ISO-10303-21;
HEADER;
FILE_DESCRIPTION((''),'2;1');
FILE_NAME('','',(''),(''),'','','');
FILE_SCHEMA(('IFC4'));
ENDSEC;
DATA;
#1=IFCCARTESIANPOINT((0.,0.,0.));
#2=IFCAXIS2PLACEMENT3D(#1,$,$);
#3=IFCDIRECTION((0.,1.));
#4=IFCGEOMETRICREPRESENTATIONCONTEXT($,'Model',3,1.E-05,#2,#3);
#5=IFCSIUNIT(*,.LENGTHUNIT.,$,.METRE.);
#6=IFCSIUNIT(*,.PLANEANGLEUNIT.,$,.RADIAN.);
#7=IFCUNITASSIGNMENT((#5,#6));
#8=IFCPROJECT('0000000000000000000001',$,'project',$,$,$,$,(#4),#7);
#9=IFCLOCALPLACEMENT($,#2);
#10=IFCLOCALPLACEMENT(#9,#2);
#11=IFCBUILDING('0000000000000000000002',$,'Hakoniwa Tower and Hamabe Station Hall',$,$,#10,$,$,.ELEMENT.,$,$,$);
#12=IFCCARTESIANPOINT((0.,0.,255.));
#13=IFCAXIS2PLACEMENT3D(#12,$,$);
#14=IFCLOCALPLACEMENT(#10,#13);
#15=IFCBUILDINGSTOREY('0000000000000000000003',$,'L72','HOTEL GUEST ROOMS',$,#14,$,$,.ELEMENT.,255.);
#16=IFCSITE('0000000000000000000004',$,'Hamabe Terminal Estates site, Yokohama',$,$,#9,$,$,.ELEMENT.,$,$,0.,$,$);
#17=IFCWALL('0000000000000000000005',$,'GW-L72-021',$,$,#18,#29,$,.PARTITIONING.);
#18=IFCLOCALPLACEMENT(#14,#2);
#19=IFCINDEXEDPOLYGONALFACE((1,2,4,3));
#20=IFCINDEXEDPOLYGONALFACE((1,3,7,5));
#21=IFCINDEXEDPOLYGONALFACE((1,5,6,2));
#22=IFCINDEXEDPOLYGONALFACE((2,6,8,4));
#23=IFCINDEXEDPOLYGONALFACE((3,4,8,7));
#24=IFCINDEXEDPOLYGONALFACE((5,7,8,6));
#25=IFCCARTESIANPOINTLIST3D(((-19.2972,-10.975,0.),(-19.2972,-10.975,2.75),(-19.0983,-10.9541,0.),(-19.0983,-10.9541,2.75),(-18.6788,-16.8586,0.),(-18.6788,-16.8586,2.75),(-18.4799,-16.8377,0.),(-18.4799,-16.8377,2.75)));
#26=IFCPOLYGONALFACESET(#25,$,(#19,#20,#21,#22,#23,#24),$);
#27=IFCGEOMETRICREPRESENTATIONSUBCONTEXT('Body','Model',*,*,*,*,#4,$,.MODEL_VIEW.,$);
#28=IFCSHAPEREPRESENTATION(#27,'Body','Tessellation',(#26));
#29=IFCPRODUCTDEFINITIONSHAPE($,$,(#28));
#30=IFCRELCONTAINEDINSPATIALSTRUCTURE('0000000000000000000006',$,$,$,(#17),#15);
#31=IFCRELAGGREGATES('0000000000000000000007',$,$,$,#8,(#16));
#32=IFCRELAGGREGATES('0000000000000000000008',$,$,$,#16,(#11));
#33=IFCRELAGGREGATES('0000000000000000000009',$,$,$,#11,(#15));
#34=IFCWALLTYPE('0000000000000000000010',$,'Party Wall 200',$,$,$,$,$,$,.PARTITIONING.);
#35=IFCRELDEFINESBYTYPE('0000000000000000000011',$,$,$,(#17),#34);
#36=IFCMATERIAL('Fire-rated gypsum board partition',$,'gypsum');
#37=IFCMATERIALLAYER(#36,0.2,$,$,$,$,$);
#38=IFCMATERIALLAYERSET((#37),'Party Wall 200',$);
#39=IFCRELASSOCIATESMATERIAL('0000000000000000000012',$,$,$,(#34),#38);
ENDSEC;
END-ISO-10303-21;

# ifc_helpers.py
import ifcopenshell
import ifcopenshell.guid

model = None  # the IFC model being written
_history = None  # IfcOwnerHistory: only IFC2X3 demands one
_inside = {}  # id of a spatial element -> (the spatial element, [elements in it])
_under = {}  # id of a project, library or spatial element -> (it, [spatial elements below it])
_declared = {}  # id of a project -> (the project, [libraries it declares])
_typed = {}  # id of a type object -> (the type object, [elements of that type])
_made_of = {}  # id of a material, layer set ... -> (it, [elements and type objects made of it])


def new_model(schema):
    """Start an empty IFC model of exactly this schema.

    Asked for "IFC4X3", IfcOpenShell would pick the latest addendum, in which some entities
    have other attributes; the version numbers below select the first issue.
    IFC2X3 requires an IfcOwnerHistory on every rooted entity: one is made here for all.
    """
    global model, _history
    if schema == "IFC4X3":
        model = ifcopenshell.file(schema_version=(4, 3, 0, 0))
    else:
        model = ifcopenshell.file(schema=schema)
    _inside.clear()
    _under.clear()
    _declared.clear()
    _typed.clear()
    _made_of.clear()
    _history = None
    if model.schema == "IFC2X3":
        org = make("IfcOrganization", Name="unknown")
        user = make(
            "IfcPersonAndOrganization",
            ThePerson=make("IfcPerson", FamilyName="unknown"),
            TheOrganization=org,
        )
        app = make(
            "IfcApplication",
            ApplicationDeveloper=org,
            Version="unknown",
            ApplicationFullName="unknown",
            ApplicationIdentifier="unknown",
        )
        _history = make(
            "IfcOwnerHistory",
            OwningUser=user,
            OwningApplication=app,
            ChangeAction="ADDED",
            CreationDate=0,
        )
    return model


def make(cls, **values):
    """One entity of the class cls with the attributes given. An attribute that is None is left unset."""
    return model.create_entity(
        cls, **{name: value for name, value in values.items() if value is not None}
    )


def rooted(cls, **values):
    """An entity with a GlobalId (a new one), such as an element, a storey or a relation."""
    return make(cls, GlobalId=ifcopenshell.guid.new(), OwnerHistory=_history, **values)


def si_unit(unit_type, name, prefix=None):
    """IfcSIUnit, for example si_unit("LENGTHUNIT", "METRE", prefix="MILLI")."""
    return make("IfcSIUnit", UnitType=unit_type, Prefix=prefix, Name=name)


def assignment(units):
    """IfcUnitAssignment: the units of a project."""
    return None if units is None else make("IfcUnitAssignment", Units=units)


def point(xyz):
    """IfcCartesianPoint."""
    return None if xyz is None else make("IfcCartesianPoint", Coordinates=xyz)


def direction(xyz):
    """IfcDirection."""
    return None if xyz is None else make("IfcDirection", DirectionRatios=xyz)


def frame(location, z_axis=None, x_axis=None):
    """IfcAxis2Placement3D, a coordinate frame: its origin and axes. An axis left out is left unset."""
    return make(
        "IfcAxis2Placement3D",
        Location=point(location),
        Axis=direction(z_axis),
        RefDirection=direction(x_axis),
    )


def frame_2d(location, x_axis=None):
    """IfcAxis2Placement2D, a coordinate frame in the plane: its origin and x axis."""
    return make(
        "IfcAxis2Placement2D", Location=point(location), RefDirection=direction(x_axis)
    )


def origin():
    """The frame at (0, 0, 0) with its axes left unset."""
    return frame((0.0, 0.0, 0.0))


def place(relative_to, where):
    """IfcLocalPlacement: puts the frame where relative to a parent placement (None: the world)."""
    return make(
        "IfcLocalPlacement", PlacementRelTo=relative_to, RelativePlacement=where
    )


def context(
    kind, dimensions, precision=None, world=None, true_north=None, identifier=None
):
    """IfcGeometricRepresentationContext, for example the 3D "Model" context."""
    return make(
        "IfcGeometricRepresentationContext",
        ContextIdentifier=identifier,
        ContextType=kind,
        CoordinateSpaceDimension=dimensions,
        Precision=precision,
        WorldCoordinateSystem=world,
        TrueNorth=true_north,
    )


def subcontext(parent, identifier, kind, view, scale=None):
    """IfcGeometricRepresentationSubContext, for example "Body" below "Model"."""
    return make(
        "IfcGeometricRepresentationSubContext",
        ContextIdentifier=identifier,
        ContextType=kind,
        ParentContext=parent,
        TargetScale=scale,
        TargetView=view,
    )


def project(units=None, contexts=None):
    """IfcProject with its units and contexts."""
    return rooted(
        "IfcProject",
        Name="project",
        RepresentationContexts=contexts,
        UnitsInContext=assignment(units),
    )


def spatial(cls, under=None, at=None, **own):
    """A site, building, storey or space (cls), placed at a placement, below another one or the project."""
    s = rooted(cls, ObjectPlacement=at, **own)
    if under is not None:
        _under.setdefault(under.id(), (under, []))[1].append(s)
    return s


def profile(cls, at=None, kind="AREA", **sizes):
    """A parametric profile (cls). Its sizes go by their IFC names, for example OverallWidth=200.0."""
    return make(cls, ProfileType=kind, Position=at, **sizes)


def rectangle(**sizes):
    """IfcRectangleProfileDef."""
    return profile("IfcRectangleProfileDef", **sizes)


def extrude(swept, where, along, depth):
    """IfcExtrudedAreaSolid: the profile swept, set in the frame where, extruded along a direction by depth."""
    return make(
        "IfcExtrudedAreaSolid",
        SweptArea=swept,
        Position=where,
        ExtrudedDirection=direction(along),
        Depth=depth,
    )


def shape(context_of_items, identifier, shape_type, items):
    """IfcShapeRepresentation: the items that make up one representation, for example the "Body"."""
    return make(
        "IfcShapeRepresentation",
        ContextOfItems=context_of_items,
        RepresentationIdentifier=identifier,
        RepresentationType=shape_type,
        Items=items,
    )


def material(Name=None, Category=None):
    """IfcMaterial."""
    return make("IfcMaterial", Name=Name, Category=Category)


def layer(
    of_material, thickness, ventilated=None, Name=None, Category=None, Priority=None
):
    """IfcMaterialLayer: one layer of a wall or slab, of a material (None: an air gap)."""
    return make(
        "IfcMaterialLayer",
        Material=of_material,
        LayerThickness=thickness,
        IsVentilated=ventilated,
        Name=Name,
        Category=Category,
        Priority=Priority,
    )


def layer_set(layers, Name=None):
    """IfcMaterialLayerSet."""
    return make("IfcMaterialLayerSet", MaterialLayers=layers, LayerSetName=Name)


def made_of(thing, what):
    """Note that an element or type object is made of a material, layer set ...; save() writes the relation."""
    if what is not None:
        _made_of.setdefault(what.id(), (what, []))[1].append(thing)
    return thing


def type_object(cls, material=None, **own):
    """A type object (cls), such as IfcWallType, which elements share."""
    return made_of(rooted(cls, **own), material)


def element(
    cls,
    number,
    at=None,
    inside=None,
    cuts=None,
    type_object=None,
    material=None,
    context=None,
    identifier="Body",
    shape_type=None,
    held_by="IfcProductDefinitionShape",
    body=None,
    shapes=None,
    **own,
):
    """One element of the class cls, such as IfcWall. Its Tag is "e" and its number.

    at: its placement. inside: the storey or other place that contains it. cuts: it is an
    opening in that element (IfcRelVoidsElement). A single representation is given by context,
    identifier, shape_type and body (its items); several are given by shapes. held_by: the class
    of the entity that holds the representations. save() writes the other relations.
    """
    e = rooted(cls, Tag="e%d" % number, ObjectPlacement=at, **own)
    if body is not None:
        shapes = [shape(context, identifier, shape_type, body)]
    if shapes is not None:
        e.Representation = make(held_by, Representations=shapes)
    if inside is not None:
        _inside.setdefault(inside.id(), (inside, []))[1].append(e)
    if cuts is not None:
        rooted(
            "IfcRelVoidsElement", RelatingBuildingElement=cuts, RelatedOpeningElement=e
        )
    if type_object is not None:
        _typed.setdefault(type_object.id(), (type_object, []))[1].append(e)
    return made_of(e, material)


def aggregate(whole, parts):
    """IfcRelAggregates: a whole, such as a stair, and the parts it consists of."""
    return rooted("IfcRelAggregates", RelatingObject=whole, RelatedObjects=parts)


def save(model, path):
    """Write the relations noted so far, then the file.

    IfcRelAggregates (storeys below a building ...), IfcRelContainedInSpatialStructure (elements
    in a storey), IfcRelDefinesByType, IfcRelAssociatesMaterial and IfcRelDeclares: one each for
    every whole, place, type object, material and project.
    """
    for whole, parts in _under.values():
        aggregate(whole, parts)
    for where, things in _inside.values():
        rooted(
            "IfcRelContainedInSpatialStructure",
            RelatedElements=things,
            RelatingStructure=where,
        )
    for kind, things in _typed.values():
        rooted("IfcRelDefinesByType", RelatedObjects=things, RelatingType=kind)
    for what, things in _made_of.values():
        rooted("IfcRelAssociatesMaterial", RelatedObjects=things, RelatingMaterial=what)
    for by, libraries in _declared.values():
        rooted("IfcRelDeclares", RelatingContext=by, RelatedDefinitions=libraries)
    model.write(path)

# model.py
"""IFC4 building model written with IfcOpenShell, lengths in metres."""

from ifc_helpers import new_model, si_unit, direction, frame, frame_2d, origin, place, context, subcontext, project, spatial, rectangle, extrude, material, layer, layer_set, type_object, element, save


model = new_model("IFC4")

# Units and contexts
model_context = context("Model", 3, precision=1e-05, world=origin(), true_north=direction((0.0, 1.0)))
body_context = subcontext(model_context, "Body", "Model", "MODEL_VIEW")
ifc_project = project(units=[si_unit("LENGTHUNIT", "METRE"), si_unit("PLANEANGLEUNIT", "RADIAN")], contexts=[model_context])

# Site, building, storey
site_placement = place(None, origin())
site = spatial("IfcSite", under=ifc_project, at=site_placement, Name="Hamabe Terminal Estates site, Yokohama", CompositionType="ELEMENT", RefElevation=0.0)
building_placement = place(site_placement, origin())
building = spatial("IfcBuilding", under=site, at=building_placement, Name="Hakoniwa Tower and Hamabe Station Hall", CompositionType="ELEMENT")
storey_placement = place(building_placement, frame((0.0, 0.0, 255.0)))
storey = spatial("IfcBuildingStorey", under=building, at=storey_placement, Name="L72", Description="HOTEL GUEST ROOMS", CompositionType="ELEMENT", Elevation=255.0)

# Wall
ifc_material_1 = material(Name="Fire-rated gypsum board partition", Category="gypsum")
ifc_layer_1 = layer(ifc_material_1, 0.2)
ifc_layer_set_1 = layer_set([ifc_layer_1], Name="Party Wall 200")
wall_type_1 = type_object("IfcWallType", Name="Party Wall 200", PredefinedType="PARTITIONING", material=ifc_layer_set_1)
wall_1_placement = place(storey_placement, frame((-18.5793, -16.8481, 0.0), z_axis=(0.0, 0.0, 1.0), x_axis=(-0.104532, 0.994521, 0.0)))
element("IfcWall", 1, at=wall_1_placement, inside=storey, type_object=wall_type_1, Name="GW-L72-021", PredefinedType="PARTITIONING", context=body_context, shape_type="SweptSolid", body=[
    extrude(rectangle(XDim=5.916, YDim=0.2, at=frame_2d((2.958, 0.0))), origin(), (0.0, 0.0, 1.0), 2.75),
])

save(model, "model.ifc")
